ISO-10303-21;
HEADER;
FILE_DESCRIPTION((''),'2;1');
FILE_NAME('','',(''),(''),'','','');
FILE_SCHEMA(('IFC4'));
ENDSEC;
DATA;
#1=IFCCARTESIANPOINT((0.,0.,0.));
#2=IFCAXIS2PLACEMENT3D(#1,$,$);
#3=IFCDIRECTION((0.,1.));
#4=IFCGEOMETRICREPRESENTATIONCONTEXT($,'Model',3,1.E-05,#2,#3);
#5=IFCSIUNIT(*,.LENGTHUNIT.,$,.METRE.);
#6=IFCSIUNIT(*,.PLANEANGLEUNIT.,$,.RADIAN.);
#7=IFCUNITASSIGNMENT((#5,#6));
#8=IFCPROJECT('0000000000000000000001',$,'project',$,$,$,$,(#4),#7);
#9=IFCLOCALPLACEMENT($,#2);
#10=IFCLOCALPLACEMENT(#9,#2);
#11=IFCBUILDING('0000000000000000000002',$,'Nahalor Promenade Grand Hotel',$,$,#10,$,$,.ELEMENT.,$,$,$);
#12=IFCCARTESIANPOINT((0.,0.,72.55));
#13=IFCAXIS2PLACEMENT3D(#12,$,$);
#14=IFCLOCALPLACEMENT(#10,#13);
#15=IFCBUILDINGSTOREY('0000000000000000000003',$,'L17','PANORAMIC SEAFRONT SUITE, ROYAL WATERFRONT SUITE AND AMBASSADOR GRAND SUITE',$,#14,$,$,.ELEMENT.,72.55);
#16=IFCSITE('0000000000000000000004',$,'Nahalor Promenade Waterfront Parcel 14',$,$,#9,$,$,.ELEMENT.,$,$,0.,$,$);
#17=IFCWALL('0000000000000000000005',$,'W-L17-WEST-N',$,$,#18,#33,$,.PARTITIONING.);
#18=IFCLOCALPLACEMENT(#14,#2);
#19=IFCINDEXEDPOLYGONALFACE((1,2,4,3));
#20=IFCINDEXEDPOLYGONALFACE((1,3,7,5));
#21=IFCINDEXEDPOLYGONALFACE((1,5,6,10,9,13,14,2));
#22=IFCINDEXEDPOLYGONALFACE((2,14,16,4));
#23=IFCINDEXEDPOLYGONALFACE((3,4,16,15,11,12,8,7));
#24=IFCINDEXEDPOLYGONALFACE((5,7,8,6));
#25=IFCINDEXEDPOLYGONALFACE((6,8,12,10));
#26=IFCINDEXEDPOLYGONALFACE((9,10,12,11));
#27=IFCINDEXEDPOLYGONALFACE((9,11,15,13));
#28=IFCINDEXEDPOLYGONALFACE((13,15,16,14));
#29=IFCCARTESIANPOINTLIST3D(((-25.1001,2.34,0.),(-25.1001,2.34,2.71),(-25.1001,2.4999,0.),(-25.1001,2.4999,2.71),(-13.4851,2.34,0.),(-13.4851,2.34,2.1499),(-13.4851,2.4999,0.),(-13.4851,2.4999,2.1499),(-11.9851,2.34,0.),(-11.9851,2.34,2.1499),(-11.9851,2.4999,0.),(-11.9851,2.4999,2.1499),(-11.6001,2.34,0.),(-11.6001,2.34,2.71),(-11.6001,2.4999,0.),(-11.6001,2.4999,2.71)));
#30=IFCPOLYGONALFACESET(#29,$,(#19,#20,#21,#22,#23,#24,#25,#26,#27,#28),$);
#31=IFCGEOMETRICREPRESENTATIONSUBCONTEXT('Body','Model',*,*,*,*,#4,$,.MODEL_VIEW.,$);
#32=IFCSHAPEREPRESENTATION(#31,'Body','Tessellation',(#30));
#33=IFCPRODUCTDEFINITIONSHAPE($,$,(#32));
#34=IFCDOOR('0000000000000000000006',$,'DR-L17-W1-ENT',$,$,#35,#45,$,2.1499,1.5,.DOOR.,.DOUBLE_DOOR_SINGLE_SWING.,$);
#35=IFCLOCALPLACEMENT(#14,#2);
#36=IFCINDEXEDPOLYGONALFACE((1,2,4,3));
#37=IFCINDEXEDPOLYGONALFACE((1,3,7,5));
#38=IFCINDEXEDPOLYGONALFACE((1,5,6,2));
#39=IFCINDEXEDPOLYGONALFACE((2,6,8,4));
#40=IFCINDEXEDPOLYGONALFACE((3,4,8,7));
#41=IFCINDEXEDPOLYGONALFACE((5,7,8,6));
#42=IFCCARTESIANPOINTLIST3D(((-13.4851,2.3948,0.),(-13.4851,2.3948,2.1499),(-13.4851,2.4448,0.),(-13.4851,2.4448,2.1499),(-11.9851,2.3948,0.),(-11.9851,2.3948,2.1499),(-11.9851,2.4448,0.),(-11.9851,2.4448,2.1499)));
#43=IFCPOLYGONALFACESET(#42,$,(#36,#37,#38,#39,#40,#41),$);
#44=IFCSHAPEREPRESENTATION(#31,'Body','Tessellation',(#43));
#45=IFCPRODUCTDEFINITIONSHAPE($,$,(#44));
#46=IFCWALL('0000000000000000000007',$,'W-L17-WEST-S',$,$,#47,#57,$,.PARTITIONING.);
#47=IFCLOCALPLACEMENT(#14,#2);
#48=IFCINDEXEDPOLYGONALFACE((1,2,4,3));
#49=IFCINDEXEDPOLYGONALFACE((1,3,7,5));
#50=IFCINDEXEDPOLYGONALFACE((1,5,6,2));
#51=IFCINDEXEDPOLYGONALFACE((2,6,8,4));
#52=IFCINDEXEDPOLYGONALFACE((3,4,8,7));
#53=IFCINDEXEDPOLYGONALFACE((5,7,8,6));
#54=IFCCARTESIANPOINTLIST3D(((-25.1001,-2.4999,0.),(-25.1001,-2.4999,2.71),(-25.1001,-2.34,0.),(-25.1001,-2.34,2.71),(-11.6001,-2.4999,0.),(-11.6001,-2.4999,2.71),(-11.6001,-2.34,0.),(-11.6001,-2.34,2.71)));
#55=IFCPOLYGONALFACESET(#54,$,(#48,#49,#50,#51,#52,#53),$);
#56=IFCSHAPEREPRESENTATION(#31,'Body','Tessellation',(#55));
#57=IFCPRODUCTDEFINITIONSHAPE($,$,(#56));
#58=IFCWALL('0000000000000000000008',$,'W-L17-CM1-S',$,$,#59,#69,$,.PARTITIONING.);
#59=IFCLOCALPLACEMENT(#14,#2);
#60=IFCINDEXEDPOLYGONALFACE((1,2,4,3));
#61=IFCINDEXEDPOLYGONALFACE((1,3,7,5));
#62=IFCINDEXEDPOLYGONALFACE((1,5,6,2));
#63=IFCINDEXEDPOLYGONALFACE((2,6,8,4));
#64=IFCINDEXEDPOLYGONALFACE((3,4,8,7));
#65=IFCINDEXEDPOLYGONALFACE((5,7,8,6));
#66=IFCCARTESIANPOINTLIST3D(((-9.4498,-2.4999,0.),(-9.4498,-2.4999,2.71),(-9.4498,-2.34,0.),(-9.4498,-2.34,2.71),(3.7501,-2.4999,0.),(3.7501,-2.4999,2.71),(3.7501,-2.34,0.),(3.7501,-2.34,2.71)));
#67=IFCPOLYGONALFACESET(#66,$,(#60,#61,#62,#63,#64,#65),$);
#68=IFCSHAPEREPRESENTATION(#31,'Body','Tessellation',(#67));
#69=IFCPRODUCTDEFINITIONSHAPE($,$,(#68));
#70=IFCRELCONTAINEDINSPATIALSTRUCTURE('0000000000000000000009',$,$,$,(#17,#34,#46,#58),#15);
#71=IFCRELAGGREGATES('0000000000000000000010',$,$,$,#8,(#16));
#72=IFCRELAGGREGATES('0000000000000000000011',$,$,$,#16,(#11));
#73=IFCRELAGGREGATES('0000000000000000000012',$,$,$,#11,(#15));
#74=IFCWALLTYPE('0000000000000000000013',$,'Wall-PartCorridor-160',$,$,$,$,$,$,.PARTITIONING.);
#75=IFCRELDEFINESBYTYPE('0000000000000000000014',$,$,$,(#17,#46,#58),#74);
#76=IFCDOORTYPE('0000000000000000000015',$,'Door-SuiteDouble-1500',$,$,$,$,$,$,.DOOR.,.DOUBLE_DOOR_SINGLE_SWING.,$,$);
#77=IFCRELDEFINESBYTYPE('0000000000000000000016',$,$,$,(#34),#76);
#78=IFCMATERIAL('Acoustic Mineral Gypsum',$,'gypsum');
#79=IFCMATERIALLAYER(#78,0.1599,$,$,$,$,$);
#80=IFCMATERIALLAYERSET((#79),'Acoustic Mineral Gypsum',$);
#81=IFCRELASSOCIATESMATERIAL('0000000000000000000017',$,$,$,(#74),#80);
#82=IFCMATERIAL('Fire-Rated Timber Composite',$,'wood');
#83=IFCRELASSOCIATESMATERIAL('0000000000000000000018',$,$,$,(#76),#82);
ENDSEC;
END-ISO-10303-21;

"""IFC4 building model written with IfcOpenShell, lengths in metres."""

from ifc_helpers import new_model, si_unit, direction, frame, frame_2d, origin, place, context, subcontext, project, spatial, rectangle, extrude, source, transform, mapped, material, layer, layer_set, type_object, element, fill, save


model = new_model("IFC4")

# Units and contexts
model_context = context("Model", 3, precision=1e-05, world=origin(), true_north=direction((0.0, 1.0)))
body_context = subcontext(model_context, "Body", "Model", "MODEL_VIEW")
ifc_project = project(units=[si_unit("LENGTHUNIT", "METRE"), si_unit("PLANEANGLEUNIT", "RADIAN")], contexts=[model_context])

# Site, building, storey
site_placement = place(None, origin())
site = spatial("IfcSite", under=ifc_project, at=site_placement, Name="Nahalor Promenade Waterfront Parcel 14", CompositionType="ELEMENT", RefElevation=0.0)
building_placement = place(site_placement, origin())
building = spatial("IfcBuilding", under=site, at=building_placement, Name="Nahalor Promenade Grand Hotel", CompositionType="ELEMENT")
storey_placement = place(building_placement, frame((0.0, 0.0, 72.55)))
storey = spatial("IfcBuildingStorey", under=building, at=storey_placement, Name="L17", Description="PANORAMIC SEAFRONT SUITE, ROYAL WATERFRONT SUITE AND AMBASSADOR GRAND SUITE", CompositionType="ELEMENT", Elevation=72.55)

# Shared definitions
ifc_material_1 = material(Name="Acoustic Mineral Gypsum", Category="gypsum")
ifc_layer_1 = layer(ifc_material_1, 0.1599)
ifc_layer_set_1 = layer_set([ifc_layer_1], Name="Acoustic Mineral Gypsum")
wall_type_1 = type_object("IfcWallType", Name="Wall-PartCorridor-160", PredefinedType="PARTITIONING", material=ifc_layer_set_1)
ifc_material_2 = material(Name="Fire-Rated Timber Composite", Category="wood")
door_type_1 = type_object("IfcDoorType", Name="Door-SuiteDouble-1500", OperationType="DOUBLE_DOOR_SINGLE_SWING", PredefinedType="DOOR", material=ifc_material_2)
shared_shape_1 = source(origin(), body_context, "Body", "SweptSolid", [
    extrude(rectangle(XDim=1.5, YDim=2.1499, at=frame_2d((0.75, 1.075))), frame((0.0, 0.0249, 0.0), z_axis=(0.0, -1.0, 0.0), x_axis=(1.0, 0.0, 0.0)), (0.0, 0.0, 1.0), 0.05),
])

# Wall, opening, door
shared_shape_2 = source(origin(), body_context, "Body", "SweptSolid", [
    extrude(rectangle(XDim=13.5, YDim=0.1599, at=frame_2d((6.75, 0.0))), origin(), (0.0, 0.0, 1.0), 2.71),
])
wall_1_placement = place(storey_placement, frame((-25.1001, 2.4199, 0.0), z_axis=(0.0, 0.0, 1.0), x_axis=(1.0, 0.0, 0.0)))
wall_1 = element("IfcWall", 1, at=wall_1_placement, inside=storey, type_object=wall_type_1, Name="W-L17-WEST-N", PredefinedType="PARTITIONING", context=body_context, shape_type="MappedRepresentation", body=[
    mapped(shared_shape_2, transform((0.0, 0.0, 0.0), scale=1.0)),
])
opening_1_placement = place(wall_1_placement, frame((11.615, 0.0, 0.0)))
opening_1 = element("IfcOpeningElement", 2, at=opening_1_placement, cuts=wall_1, PredefinedType="OPENING", context=body_context, shape_type="SweptSolid", body=[
    extrude(rectangle(XDim=1.5, YDim=2.1499, at=frame_2d((0.75, 1.075))), frame((0.0, 0.0898, 0.0), z_axis=(0.0, -1.0, 0.0), x_axis=(1.0, 0.0, 0.0)), (0.0, 0.0, 1.0), 0.1799),
])
door_1_placement = place(opening_1_placement, origin())
door_1 = element("IfcDoor", 3, at=door_1_placement, inside=storey, type_object=door_type_1, Name="DR-L17-W1-ENT", OperationType="DOUBLE_DOOR_SINGLE_SWING", OverallHeight=2.1499, OverallWidth=1.5, PredefinedType="DOOR", context=body_context, shape_type="MappedRepresentation", body=[
    mapped(shared_shape_1, transform((0.0, 0.0, 0.0), scale=1.0)),
])
fill(opening_1, door_1)

# Walls
wall_2_placement = place(storey_placement, frame((-25.1001, -2.4199, 0.0), z_axis=(0.0, 0.0, 1.0), x_axis=(1.0, 0.0, 0.0)))
element("IfcWall", 4, at=wall_2_placement, inside=storey, type_object=wall_type_1, Name="W-L17-WEST-S", PredefinedType="PARTITIONING", context=body_context, shape_type="MappedRepresentation", body=[
    mapped(shared_shape_2, transform((0.0, 0.0, 0.0), scale=1.0)),
])
shared_shape_3 = source(origin(), body_context, "Body", "SweptSolid", [
    extrude(rectangle(XDim=13.2, YDim=0.1599, at=frame_2d((6.6001, 0.0))), origin(), (0.0, 0.0, 1.0), 2.71),
])
wall_3_placement = place(storey_placement, frame((-9.45, -2.4199, 0.0), z_axis=(0.0, 0.0, 1.0), x_axis=(1.0, 0.0, 0.0)))
element("IfcWall", 5, at=wall_3_placement, inside=storey, type_object=wall_type_1, Name="W-L17-CM1-S", PredefinedType="PARTITIONING", context=body_context, shape_type="MappedRepresentation", body=[
    mapped(shared_shape_3, transform((0.0, 0.0, 0.0), scale=1.0)),
])

save(model, "model.ifc")
